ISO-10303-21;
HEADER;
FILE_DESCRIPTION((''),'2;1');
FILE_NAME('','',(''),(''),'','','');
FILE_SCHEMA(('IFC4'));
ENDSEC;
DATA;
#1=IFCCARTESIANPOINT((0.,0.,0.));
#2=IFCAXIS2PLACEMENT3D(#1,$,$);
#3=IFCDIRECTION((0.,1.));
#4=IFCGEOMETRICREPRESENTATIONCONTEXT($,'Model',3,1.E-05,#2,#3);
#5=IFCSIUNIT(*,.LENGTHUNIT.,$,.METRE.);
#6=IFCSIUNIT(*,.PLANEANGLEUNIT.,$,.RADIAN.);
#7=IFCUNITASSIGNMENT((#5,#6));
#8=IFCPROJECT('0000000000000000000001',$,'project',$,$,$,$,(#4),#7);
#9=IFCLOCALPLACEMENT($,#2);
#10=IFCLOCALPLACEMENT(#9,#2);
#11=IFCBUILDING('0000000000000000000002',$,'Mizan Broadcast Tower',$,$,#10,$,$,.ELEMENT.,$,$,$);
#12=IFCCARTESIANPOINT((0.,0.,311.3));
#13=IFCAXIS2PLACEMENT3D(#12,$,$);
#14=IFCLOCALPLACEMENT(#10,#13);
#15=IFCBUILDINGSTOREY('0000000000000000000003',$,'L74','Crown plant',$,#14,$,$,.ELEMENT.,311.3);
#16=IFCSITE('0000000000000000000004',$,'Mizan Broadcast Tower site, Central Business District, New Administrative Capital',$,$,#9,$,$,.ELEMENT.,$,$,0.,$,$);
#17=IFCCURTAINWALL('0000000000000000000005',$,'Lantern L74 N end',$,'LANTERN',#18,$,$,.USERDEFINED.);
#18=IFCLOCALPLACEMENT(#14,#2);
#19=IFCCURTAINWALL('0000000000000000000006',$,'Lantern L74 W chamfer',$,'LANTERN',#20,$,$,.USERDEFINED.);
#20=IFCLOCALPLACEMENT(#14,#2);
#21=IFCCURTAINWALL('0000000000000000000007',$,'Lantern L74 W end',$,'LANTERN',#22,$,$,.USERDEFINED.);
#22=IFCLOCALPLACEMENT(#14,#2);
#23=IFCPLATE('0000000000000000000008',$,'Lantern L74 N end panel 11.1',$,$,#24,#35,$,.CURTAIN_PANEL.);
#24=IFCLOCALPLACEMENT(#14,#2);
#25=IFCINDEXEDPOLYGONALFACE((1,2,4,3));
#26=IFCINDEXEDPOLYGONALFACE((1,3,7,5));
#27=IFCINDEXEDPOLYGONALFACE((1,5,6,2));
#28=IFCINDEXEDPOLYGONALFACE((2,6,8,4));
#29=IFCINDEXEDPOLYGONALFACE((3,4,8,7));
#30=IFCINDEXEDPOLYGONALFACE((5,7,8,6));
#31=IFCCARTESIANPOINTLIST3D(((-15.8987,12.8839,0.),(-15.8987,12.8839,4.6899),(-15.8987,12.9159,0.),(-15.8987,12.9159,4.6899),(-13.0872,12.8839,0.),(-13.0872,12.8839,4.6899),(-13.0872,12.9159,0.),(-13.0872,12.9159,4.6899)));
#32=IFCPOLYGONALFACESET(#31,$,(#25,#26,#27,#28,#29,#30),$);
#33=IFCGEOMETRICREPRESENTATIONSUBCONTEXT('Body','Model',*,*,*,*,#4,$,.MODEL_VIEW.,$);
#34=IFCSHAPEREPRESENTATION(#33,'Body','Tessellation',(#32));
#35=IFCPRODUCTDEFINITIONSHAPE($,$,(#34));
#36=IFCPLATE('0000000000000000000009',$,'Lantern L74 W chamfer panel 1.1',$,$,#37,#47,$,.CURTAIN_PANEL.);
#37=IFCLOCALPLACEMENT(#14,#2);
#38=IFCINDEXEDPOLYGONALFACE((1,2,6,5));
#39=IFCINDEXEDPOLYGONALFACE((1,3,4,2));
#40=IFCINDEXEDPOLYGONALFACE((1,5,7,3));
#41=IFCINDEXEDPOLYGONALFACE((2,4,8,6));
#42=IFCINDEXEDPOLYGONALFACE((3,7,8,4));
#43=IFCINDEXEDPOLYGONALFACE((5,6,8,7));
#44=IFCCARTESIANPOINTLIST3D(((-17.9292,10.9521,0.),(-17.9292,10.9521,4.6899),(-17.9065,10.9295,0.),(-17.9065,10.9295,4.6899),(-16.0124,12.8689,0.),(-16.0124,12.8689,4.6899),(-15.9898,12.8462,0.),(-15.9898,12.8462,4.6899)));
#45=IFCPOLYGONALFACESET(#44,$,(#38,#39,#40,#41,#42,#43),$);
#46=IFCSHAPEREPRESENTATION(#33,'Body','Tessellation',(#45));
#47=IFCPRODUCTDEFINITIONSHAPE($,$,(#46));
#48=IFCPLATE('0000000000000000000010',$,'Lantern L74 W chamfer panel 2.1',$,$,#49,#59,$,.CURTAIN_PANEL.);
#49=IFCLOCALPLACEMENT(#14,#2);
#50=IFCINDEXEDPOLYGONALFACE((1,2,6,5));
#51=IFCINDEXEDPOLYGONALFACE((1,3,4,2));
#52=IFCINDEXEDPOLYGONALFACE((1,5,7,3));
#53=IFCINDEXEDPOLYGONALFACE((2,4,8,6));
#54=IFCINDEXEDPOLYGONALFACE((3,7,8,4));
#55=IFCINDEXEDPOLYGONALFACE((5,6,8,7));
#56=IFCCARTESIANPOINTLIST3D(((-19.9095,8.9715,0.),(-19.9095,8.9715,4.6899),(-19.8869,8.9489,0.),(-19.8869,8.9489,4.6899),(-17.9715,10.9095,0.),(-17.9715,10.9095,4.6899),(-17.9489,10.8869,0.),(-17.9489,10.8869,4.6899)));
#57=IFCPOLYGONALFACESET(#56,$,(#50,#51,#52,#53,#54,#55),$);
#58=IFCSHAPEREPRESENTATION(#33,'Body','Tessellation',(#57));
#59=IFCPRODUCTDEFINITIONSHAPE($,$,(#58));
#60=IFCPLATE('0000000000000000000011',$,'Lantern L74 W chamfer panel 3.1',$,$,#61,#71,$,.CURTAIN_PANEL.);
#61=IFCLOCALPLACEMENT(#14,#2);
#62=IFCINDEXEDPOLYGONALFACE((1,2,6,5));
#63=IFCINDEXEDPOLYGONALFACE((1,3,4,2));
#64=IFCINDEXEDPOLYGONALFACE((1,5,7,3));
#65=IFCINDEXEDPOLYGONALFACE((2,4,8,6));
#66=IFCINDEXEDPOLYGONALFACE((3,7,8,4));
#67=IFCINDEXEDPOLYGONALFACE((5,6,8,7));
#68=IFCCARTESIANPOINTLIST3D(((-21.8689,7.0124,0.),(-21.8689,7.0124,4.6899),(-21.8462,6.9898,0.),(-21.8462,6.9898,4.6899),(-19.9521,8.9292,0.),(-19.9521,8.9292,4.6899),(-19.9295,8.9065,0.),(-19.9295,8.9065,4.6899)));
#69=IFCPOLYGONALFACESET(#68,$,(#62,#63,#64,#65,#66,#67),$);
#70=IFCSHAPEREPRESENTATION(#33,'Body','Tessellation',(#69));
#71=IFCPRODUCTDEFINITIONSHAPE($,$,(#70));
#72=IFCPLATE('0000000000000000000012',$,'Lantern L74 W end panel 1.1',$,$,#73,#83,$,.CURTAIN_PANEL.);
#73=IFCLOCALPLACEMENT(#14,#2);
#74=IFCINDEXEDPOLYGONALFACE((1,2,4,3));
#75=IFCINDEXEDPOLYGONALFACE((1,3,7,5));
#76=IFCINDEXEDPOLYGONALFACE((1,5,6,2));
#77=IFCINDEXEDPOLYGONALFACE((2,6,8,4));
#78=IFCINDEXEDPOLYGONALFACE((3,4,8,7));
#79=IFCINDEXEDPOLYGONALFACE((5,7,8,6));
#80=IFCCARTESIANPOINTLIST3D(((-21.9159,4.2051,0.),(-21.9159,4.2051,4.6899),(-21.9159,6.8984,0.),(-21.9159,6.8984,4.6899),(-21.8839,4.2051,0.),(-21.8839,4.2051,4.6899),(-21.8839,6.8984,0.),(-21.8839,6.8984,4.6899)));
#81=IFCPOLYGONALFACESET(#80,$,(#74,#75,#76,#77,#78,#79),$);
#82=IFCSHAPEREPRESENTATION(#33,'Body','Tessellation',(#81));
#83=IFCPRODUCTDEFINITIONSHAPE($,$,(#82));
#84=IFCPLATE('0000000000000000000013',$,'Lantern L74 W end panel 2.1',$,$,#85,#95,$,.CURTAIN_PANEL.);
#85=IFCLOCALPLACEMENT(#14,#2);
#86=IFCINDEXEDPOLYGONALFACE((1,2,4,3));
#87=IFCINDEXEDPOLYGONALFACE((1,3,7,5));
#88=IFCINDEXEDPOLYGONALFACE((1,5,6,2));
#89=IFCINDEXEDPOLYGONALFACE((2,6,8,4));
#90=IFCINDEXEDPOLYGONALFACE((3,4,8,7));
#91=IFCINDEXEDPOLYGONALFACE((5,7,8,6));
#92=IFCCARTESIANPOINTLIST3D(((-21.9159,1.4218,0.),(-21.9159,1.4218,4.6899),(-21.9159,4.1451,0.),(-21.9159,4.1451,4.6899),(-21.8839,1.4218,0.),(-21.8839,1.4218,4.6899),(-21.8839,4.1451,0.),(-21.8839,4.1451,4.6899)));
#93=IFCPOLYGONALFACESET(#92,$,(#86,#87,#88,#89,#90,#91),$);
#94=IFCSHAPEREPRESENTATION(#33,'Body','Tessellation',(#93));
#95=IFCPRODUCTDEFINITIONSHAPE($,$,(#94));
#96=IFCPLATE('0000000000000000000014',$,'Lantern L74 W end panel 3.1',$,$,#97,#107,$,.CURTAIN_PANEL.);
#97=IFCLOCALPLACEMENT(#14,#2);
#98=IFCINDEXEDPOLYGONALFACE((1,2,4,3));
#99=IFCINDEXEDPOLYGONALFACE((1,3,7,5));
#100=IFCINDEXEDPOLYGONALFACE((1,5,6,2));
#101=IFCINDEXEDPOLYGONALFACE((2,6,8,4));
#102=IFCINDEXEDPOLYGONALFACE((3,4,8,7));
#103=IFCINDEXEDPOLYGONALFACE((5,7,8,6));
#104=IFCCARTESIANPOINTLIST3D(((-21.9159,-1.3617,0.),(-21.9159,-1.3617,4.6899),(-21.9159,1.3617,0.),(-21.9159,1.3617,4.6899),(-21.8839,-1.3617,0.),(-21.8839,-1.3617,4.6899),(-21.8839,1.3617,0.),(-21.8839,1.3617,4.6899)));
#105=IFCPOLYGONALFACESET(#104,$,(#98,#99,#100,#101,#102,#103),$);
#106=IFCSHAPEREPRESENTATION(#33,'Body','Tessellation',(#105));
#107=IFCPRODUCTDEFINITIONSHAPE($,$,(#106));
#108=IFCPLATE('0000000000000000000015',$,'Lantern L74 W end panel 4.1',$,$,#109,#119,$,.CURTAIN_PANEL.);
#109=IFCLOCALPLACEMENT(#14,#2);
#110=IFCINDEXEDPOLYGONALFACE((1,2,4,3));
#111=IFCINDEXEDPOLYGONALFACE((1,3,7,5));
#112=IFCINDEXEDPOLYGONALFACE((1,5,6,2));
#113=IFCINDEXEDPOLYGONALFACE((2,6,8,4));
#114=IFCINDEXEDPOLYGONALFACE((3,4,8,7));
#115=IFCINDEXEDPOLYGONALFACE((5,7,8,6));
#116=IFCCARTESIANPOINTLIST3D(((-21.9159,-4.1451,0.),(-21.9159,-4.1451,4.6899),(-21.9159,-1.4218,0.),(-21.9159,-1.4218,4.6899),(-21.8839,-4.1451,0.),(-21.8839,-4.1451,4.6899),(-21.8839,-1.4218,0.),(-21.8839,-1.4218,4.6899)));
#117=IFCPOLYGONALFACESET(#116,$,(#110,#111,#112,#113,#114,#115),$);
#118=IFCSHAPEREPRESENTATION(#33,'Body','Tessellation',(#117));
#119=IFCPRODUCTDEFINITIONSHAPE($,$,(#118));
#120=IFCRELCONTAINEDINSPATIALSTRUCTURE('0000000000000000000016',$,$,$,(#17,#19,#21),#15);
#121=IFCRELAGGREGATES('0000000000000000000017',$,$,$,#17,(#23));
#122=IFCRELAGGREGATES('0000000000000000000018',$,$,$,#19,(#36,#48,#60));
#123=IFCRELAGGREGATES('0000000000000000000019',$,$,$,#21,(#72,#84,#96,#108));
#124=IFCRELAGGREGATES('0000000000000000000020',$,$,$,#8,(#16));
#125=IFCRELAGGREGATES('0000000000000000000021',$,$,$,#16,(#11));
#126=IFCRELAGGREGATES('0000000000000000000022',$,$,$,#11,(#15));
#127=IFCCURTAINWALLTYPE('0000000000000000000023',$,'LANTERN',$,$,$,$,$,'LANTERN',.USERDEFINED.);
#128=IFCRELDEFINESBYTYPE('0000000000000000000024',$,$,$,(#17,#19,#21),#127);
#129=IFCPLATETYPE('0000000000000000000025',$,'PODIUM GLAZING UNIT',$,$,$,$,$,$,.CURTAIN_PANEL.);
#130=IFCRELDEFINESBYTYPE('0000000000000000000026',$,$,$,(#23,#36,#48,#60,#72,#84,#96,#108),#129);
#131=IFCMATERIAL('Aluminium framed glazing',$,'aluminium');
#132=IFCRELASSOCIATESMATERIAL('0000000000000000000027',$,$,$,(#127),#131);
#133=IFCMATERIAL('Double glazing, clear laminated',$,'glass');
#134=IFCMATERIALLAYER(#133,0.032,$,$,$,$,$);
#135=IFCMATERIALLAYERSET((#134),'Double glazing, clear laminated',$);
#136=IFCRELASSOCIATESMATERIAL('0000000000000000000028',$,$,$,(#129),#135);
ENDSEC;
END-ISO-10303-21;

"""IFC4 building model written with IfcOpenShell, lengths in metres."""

from ifc_helpers import new_model, si_unit, direction, frame, origin, origin_2d, place, context, subcontext, project, spatial, rectangle, extrude, material, layer, layer_set, type_object, element, aggregate, save


model = new_model("IFC4")

# Units and contexts
model_context = context("Model", 3, precision=1e-05, world=origin(), true_north=direction((0.0, 1.0)))
body_context = subcontext(model_context, "Body", "Model", "MODEL_VIEW")
ifc_project = project(units=[si_unit("LENGTHUNIT", "METRE"), si_unit("PLANEANGLEUNIT", "RADIAN")], contexts=[model_context])

# Site, building, storey
site_placement = place(None, origin())
site = spatial("IfcSite", under=ifc_project, at=site_placement, Name="Mizan Broadcast Tower site, Central Business District, New Administrative Capital", CompositionType="ELEMENT", RefElevation=0.0)
building_placement = place(site_placement, origin())
building = spatial("IfcBuilding", under=site, at=building_placement, Name="Mizan Broadcast Tower", CompositionType="ELEMENT")
storey_placement = place(building_placement, frame((0.0, 0.0, 311.3)))
storey = spatial("IfcBuildingStorey", under=building, at=storey_placement, Name="L74", Description="Crown plant", CompositionType="ELEMENT", Elevation=311.3)

# Curtain wall
ifc_material_1 = material(Name="Aluminium framed glazing", Category="aluminium")
curtain_wall_type = type_object("IfcCurtainWallType", Name="LANTERN", ElementType="LANTERN", PredefinedType="USERDEFINED", material=ifc_material_1)
curtain_wall_1_placement = place(storey_placement, origin())
curtain_wall_1 = element("IfcCurtainWall", 1, at=curtain_wall_1_placement, inside=storey, type_object=curtain_wall_type, Name="Lantern L74 N end", ObjectType="LANTERN", PredefinedType="USERDEFINED")

# Curtain walls
curtain_wall_2_placement = place(storey_placement, origin())
curtain_wall_2 = element("IfcCurtainWall", 2, at=curtain_wall_2_placement, inside=storey, type_object=curtain_wall_type, Name="Lantern L74 W chamfer", ObjectType="LANTERN", PredefinedType="USERDEFINED")
curtain_wall_3_placement = place(storey_placement, origin())
curtain_wall_3 = element("IfcCurtainWall", 3, at=curtain_wall_3_placement, inside=storey, type_object=curtain_wall_type, Name="Lantern L74 W end", ObjectType="LANTERN", PredefinedType="USERDEFINED")

# Plates
ifc_material_2 = material(Name="Double glazing, clear laminated", Category="glass")
ifc_layer = layer(ifc_material_2, 0.032)
ifc_layer_set = layer_set([ifc_layer], Name="Double glazing, clear laminated")
plate_type = type_object("IfcPlateType", Name="PODIUM GLAZING UNIT", PredefinedType="CURTAIN_PANEL", material=ifc_layer_set)
plate_1_placement = place(storey_placement, frame((-14.4929, 12.8999, 0.0), z_axis=(0.0, 0.0, 1.0), x_axis=(-1.0, 0.0, 0.0)))
plate_1 = element("IfcPlate", 4, at=plate_1_placement, type_object=plate_type, Name="Lantern L74 N end panel 11.1", PredefinedType="CURTAIN_PANEL", context=body_context, shape_type="SweptSolid", body=[
    extrude(rectangle(XDim=2.8115, YDim=0.032, at=origin_2d()), origin(), (0.0, 0.0, 1.0), 4.6899),
])
aggregate(curtain_wall_1, [plate_1])
plate_2_placement = place(storey_placement, frame((-16.9595, 11.8992, 0.0), z_axis=(0.0, 0.0, 1.0), x_axis=(-0.707107, -0.707107, 0.0)))
plate_2 = element("IfcPlate", 5, at=plate_2_placement, type_object=plate_type, Name="Lantern L74 W chamfer panel 1.1", PredefinedType="CURTAIN_PANEL", context=body_context, shape_type="SweptSolid", body=[
    extrude(rectangle(XDim=2.7107, YDim=0.032, at=origin_2d()), origin(), (0.0, 0.0, 1.0), 4.6899),
])
plate_3_placement = place(storey_placement, frame((-18.9292, 9.9292, 0.0), z_axis=(0.0, 0.0, 1.0), x_axis=(-0.707107, -0.707107, 0.0)))
plate_3 = element("IfcPlate", 6, at=plate_3_placement, type_object=plate_type, Name="Lantern L74 W chamfer panel 2.1", PredefinedType="CURTAIN_PANEL", context=body_context, shape_type="SweptSolid", body=[
    extrude(rectangle(XDim=2.7407, YDim=0.032, at=origin_2d()), origin(), (0.0, 0.0, 1.0), 4.6899),
])
plate_4_placement = place(storey_placement, frame((-20.8992, 7.9595, 0.0), z_axis=(0.0, 0.0, 1.0), x_axis=(-0.707107, -0.707107, 0.0)))
plate_4 = element("IfcPlate", 7, at=plate_4_placement, type_object=plate_type, Name="Lantern L74 W chamfer panel 3.1", PredefinedType="CURTAIN_PANEL", context=body_context, shape_type="SweptSolid", body=[
    extrude(rectangle(XDim=2.7107, YDim=0.032, at=origin_2d()), origin(), (0.0, 0.0, 1.0), 4.6899),
])
aggregate(curtain_wall_2, [plate_2, plate_3, plate_4])
plate_5_placement = place(storey_placement, frame((-21.8999, 5.5518, 0.0), z_axis=(0.0, 0.0, 1.0), x_axis=(0.0, -1.0, 0.0)))
plate_5 = element("IfcPlate", 8, at=plate_5_placement, type_object=plate_type, Name="Lantern L74 W end panel 1.1", PredefinedType="CURTAIN_PANEL", context=body_context, shape_type="SweptSolid", body=[
    extrude(rectangle(XDim=2.6934, YDim=0.032, at=origin_2d()), origin(), (0.0, 0.0, 1.0), 4.6899),
])
plate_6_placement = place(storey_placement, frame((-21.8999, 2.7834, 0.0), z_axis=(0.0, 0.0, 1.0), x_axis=(0.0, -1.0, 0.0)))
plate_6 = element("IfcPlate", 9, at=plate_6_placement, type_object=plate_type, Name="Lantern L74 W end panel 2.1", PredefinedType="CURTAIN_PANEL", context=body_context, shape_type="SweptSolid", body=[
    extrude(rectangle(XDim=2.7234, YDim=0.032, at=origin_2d()), origin(), (0.0, 0.0, 1.0), 4.6899),
])
plate_7_placement = place(storey_placement, frame((-21.8999, 0.0, 0.0), z_axis=(0.0, 0.0, 1.0), x_axis=(0.0, -1.0, 0.0)))
plate_7 = element("IfcPlate", 10, at=plate_7_placement, type_object=plate_type, Name="Lantern L74 W end panel 3.1", PredefinedType="CURTAIN_PANEL", context=body_context, shape_type="SweptSolid", body=[
    extrude(rectangle(XDim=2.7234, YDim=0.032, at=origin_2d()), origin(), (0.0, 0.0, 1.0), 4.6899),
])
plate_8_placement = place(storey_placement, frame((-21.8999, -2.7834, 0.0), z_axis=(0.0, 0.0, 1.0), x_axis=(0.0, -1.0, 0.0)))
plate_8 = element("IfcPlate", 11, at=plate_8_placement, type_object=plate_type, Name="Lantern L74 W end panel 4.1", PredefinedType="CURTAIN_PANEL", context=body_context, shape_type="SweptSolid", body=[
    extrude(rectangle(XDim=2.7234, YDim=0.032, at=origin_2d()), origin(), (0.0, 0.0, 1.0), 4.6899),
])
aggregate(curtain_wall_3, [plate_5, plate_6, plate_7, plate_8])

save(model, "model.ifc")
